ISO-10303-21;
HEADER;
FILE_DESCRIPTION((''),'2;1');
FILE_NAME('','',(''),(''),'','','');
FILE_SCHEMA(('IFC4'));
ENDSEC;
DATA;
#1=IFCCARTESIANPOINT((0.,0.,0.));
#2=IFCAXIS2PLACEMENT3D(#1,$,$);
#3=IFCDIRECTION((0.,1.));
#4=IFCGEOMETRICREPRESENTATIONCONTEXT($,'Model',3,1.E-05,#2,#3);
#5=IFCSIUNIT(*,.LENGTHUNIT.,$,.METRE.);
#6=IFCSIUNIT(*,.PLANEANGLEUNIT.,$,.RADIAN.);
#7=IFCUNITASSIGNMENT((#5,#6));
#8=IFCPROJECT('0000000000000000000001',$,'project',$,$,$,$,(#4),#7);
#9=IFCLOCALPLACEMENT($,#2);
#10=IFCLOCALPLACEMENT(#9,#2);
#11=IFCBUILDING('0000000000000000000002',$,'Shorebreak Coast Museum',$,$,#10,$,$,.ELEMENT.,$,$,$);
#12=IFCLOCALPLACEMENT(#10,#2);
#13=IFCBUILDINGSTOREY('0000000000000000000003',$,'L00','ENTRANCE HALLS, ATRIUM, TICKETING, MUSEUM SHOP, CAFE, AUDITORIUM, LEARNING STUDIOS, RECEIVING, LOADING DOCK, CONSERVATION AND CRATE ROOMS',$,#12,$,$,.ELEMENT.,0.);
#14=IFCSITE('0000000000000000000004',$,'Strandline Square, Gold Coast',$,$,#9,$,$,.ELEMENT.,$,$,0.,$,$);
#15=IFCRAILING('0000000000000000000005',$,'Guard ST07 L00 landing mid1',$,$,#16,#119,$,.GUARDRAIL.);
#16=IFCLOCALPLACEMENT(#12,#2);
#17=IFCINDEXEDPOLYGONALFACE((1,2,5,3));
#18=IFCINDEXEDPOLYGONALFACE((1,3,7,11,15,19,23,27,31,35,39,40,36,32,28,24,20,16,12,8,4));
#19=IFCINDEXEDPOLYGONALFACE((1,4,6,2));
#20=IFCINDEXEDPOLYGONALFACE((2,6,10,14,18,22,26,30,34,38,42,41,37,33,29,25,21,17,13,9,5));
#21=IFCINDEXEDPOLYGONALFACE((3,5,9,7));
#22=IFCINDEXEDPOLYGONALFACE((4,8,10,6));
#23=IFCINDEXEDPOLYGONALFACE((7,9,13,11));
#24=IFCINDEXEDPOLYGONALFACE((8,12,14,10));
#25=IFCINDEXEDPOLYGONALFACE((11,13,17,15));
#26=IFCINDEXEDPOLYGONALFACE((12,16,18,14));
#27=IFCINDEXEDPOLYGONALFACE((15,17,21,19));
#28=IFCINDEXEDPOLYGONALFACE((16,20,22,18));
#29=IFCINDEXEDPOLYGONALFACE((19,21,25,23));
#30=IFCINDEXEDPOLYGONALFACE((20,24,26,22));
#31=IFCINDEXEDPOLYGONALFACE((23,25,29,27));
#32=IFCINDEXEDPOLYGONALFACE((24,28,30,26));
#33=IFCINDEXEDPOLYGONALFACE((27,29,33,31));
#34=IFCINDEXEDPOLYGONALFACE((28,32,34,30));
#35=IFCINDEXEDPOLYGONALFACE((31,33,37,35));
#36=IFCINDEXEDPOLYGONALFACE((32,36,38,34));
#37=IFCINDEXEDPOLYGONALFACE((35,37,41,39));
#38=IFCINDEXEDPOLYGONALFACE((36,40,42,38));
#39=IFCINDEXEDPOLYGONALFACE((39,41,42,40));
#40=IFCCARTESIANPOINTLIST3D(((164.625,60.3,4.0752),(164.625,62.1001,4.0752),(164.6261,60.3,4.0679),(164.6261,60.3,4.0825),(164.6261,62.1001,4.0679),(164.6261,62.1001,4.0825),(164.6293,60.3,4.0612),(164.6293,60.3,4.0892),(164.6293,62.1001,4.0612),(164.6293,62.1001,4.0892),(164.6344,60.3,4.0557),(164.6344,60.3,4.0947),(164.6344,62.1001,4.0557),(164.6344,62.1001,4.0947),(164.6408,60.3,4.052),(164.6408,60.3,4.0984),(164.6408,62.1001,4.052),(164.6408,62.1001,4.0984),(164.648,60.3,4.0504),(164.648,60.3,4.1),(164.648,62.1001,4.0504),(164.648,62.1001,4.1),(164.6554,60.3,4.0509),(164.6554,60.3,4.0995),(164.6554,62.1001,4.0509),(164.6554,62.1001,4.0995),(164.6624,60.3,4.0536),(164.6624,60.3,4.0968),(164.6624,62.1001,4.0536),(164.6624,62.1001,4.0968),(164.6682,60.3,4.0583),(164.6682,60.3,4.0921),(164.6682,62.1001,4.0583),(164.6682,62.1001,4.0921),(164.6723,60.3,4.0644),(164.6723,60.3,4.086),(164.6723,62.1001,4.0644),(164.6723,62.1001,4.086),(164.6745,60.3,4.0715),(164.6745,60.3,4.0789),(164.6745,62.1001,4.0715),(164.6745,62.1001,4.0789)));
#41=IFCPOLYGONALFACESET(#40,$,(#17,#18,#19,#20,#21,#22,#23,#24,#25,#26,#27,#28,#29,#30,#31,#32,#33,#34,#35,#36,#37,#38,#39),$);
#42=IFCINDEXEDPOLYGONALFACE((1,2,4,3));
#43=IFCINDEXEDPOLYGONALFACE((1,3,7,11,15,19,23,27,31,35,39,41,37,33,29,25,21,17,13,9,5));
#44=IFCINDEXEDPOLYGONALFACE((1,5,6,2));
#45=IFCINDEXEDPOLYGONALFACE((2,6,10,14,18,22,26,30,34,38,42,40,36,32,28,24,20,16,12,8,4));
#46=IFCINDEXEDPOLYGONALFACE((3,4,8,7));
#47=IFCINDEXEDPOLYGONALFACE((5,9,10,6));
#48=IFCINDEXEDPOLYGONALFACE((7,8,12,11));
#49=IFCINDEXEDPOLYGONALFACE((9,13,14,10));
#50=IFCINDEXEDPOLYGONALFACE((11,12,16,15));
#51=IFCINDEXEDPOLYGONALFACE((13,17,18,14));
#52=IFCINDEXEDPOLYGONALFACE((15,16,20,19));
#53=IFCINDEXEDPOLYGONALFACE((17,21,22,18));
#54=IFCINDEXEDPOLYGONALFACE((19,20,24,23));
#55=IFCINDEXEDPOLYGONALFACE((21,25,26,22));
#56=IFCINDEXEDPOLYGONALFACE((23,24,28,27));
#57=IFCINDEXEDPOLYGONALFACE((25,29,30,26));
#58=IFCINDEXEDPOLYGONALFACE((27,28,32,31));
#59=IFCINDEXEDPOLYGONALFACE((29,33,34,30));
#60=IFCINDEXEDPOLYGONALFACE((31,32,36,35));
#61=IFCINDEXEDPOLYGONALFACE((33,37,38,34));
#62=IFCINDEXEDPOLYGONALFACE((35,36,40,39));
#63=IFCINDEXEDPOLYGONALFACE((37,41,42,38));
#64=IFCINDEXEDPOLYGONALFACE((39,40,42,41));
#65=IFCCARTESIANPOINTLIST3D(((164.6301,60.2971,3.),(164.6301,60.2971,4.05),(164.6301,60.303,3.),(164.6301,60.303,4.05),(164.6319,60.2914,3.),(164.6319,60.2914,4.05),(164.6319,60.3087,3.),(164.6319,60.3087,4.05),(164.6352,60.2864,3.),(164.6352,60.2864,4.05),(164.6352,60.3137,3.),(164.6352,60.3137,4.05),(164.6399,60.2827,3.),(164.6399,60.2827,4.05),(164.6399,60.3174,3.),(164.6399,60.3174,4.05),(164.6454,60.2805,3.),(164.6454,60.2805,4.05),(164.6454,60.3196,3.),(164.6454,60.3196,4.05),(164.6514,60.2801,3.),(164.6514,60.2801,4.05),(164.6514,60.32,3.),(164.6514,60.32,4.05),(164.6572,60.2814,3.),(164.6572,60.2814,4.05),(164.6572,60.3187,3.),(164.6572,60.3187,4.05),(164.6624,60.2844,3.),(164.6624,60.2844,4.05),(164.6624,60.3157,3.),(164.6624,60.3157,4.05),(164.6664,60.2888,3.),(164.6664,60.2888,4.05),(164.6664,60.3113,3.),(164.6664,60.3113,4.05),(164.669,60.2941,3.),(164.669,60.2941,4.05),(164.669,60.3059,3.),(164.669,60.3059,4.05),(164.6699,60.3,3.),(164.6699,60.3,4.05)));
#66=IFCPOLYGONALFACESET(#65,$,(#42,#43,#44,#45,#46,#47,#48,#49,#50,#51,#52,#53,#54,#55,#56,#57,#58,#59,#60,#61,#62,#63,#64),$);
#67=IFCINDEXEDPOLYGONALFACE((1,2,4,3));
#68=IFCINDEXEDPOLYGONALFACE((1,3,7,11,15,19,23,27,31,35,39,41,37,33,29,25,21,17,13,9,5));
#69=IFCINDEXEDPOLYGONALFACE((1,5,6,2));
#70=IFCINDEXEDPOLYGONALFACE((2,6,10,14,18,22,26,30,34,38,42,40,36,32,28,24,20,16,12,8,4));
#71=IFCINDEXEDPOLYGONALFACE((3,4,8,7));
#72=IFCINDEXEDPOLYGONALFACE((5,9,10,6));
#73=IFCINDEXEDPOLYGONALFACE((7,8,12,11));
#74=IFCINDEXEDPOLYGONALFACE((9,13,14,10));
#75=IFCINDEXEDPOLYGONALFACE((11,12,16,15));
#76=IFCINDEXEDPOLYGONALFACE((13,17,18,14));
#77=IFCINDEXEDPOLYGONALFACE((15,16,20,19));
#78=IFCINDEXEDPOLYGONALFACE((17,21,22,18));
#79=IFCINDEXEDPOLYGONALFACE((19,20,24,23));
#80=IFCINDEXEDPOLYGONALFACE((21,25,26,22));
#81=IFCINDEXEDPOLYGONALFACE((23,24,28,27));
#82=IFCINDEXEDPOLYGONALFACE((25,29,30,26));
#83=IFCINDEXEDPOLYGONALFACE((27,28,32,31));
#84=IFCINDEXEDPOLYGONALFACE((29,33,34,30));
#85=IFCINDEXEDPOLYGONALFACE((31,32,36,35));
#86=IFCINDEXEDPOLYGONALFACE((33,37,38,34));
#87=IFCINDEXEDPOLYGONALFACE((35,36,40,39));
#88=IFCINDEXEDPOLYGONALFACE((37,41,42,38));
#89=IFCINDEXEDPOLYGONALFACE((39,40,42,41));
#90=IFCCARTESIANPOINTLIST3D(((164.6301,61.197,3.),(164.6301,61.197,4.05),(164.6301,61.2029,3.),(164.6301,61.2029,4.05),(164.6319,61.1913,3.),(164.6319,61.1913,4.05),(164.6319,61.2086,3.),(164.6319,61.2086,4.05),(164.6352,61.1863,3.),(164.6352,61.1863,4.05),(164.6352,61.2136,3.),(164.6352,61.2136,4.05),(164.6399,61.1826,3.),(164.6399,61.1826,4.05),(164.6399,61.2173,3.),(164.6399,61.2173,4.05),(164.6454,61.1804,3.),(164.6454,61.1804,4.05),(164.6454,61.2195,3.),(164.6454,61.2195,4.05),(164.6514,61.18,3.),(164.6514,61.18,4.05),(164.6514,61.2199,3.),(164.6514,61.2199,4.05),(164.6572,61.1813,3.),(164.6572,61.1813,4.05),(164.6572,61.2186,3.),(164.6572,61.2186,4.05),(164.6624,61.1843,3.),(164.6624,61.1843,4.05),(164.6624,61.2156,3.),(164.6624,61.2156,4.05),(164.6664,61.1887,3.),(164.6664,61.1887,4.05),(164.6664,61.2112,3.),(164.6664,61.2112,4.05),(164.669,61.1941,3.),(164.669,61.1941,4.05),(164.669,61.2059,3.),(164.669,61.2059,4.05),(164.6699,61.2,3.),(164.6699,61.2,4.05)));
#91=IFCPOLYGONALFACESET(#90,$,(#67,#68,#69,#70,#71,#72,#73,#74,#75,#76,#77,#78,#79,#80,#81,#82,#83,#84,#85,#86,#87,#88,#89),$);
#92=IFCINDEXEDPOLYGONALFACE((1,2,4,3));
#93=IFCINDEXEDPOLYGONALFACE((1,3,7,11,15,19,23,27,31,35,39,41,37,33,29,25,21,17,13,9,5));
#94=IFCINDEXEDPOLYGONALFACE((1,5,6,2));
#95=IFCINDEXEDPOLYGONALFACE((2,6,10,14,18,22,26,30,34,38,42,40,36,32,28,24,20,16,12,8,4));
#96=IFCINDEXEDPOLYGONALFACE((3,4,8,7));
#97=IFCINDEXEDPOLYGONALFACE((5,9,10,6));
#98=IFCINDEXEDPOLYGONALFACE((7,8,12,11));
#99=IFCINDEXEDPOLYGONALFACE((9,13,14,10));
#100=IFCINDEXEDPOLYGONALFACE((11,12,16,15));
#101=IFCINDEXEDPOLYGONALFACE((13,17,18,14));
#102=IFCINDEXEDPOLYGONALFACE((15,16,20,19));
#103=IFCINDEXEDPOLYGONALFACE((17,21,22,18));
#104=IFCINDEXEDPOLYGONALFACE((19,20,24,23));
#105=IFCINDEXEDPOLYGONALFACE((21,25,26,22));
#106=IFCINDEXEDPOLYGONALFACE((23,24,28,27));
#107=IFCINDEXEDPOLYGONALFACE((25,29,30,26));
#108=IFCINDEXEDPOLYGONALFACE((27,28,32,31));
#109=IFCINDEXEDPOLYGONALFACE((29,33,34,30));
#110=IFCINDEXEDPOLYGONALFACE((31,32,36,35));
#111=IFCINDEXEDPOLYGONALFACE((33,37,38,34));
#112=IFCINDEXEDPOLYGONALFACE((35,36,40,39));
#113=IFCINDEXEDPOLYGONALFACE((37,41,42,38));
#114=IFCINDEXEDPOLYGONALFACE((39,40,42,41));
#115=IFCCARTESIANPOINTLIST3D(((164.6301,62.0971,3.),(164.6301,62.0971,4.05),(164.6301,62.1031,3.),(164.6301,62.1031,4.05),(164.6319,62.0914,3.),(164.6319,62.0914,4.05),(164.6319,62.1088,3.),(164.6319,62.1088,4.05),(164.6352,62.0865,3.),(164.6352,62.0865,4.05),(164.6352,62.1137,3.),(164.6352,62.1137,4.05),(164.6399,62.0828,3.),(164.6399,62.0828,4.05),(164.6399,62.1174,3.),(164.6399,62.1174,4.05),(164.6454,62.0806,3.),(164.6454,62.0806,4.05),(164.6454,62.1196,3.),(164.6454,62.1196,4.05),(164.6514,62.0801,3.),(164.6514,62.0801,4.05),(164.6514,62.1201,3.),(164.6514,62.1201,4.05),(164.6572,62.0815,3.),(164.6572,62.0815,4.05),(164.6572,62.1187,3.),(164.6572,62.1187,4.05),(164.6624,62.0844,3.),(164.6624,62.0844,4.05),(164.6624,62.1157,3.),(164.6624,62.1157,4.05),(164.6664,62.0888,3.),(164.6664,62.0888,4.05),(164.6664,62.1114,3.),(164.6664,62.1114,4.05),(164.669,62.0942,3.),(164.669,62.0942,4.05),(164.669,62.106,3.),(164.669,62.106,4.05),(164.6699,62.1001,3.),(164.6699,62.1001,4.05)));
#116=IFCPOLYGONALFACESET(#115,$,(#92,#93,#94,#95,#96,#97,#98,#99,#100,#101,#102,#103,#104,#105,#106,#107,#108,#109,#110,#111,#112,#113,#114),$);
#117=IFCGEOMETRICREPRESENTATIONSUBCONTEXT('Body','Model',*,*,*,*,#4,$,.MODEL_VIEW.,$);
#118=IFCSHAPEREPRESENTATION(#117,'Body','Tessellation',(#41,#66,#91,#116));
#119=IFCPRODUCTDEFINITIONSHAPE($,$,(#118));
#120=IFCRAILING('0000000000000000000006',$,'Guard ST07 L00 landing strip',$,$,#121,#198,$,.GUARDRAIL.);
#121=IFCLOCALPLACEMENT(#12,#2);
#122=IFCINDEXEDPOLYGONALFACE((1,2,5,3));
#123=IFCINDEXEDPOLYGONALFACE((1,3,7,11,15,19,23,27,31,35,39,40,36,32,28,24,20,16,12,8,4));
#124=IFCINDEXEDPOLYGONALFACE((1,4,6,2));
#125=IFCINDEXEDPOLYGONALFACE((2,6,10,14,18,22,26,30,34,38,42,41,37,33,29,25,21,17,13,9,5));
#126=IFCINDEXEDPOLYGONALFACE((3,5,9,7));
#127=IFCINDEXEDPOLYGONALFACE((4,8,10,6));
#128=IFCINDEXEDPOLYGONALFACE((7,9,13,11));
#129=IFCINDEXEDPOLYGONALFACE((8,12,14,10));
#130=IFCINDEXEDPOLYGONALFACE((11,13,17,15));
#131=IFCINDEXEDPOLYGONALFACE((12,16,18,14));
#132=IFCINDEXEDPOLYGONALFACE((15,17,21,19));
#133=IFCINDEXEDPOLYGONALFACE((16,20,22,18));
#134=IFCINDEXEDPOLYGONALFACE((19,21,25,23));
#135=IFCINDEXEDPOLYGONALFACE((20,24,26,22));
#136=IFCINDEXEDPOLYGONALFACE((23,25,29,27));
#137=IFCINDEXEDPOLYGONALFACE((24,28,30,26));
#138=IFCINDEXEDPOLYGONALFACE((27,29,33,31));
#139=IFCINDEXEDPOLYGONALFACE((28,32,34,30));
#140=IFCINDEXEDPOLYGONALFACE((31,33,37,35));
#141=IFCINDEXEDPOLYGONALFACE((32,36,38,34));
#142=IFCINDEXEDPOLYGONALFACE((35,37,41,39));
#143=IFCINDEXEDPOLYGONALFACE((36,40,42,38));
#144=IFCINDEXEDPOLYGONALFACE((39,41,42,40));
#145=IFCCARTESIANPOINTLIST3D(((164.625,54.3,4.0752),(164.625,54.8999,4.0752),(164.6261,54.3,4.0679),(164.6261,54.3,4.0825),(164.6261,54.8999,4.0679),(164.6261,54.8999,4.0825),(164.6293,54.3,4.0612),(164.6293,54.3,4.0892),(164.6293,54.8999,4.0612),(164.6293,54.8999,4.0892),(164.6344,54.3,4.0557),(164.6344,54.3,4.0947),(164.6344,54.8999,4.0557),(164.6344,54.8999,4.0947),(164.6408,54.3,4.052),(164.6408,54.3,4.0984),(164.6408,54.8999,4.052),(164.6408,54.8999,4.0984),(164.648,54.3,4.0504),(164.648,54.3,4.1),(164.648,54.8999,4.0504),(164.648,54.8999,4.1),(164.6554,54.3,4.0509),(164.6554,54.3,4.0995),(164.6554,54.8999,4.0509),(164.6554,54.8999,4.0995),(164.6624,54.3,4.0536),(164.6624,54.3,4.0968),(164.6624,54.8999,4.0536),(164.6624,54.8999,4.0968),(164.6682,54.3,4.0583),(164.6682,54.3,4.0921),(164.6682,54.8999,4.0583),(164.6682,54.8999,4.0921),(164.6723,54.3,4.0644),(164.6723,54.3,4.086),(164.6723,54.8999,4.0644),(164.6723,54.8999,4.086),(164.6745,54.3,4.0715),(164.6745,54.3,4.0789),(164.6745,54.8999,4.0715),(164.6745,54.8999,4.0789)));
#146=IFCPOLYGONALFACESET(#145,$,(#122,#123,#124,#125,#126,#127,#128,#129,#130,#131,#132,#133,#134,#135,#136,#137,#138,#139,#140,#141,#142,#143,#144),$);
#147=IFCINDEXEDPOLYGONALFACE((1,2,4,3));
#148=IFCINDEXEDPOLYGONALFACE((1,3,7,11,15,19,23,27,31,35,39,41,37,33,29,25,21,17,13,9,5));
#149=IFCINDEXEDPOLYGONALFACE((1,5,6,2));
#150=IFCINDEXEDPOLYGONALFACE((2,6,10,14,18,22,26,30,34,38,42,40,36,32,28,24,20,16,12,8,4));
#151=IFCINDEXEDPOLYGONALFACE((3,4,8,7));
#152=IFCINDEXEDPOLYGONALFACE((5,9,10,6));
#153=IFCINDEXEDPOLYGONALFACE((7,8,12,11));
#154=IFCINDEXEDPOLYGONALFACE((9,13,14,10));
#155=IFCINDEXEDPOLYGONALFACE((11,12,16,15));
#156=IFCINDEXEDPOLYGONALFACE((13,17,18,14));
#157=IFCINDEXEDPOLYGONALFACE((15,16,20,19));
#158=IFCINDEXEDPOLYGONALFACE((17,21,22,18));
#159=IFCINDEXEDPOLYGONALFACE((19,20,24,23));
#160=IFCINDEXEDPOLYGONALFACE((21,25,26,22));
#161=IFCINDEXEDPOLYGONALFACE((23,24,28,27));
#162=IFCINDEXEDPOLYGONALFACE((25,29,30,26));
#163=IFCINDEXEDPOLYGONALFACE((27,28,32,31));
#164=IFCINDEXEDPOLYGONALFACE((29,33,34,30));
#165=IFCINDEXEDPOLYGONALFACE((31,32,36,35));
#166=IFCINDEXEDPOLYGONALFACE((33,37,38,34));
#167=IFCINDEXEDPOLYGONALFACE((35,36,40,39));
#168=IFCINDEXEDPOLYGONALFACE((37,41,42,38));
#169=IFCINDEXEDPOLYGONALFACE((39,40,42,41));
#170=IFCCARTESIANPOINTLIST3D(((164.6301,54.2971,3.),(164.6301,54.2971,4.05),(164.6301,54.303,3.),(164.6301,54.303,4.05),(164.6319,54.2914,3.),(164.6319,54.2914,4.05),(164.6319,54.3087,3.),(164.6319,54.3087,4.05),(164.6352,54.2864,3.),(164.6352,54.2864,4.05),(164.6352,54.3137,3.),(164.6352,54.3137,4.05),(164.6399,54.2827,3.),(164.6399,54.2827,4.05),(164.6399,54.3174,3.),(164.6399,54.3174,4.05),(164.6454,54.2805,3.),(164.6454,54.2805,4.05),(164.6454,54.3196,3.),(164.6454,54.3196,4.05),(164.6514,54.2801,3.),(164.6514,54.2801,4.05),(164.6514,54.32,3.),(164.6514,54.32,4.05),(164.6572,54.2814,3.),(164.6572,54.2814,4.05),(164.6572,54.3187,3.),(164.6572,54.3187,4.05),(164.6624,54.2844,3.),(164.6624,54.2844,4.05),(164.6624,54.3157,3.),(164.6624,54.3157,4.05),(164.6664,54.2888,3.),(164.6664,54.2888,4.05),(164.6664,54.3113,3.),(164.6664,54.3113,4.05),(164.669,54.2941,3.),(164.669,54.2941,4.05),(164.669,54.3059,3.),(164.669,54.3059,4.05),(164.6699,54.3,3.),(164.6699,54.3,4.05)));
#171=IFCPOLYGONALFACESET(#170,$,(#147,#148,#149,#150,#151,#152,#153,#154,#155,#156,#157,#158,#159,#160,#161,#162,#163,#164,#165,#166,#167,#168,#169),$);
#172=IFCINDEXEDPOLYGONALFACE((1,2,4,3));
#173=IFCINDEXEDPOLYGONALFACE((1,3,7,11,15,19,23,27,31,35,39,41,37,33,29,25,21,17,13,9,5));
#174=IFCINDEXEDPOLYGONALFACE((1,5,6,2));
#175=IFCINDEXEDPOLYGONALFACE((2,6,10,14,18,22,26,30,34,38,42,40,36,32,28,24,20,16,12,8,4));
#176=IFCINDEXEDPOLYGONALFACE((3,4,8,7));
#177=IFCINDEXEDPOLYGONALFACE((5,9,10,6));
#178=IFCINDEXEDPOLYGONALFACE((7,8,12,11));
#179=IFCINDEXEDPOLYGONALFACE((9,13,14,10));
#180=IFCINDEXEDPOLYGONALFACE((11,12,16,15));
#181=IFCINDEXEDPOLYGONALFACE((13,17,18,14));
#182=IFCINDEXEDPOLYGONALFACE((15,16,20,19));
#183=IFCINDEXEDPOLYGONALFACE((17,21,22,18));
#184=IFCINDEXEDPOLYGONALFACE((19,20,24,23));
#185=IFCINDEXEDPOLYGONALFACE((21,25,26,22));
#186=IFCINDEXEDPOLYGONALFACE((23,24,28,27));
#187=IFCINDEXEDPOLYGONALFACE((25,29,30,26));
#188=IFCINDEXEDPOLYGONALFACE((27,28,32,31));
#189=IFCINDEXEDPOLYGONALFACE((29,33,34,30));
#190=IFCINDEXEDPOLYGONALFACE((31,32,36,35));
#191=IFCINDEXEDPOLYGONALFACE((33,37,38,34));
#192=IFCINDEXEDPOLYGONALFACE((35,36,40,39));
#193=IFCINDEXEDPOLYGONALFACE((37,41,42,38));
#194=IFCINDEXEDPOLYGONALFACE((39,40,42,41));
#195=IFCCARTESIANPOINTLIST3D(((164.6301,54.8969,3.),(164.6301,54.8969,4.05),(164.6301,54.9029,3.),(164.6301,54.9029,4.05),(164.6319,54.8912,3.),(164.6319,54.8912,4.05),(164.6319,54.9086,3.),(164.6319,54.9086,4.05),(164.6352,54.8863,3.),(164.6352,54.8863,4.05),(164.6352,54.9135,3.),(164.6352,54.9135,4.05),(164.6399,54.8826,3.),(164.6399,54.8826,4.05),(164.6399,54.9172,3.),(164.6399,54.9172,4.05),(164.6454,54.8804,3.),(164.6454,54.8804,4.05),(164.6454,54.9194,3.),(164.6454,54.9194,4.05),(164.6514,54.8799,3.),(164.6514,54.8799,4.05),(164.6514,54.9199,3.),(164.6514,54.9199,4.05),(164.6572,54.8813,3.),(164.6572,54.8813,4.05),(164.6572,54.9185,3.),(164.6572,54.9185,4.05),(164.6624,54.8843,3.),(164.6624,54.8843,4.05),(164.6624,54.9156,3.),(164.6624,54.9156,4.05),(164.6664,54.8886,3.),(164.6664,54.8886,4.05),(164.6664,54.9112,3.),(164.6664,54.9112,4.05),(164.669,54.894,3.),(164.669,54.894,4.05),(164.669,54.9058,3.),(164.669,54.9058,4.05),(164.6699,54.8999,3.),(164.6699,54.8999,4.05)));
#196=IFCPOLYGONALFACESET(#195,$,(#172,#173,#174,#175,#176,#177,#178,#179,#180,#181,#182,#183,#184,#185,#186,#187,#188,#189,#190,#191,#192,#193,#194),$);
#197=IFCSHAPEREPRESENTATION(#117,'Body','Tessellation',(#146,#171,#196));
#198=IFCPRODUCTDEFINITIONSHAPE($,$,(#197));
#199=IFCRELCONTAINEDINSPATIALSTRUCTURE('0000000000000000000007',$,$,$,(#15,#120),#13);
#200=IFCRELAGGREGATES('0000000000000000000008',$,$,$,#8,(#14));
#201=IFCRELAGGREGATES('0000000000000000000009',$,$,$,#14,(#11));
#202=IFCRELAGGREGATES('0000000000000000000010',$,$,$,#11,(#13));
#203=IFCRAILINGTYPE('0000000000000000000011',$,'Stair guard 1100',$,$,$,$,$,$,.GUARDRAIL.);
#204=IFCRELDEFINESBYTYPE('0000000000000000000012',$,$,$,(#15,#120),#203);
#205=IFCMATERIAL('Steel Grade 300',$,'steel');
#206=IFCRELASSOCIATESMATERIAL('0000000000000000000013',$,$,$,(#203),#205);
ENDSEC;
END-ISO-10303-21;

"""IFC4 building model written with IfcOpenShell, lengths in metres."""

from ifc_helpers import new_model, si_unit, direction, frame, origin, origin_2d, place, context, subcontext, project, spatial, circle, extrude, material, type_object, element, save


model = new_model("IFC4")

# Units and contexts
model_context = context("Model", 3, precision=1e-05, world=origin(), true_north=direction((0.0, 1.0)))
body_context = subcontext(model_context, "Body", "Model", "MODEL_VIEW")
ifc_project = project(units=[si_unit("LENGTHUNIT", "METRE"), si_unit("PLANEANGLEUNIT", "RADIAN")], contexts=[model_context])

# Site, building, storey
site_placement = place(None, origin())
site = spatial("IfcSite", under=ifc_project, at=site_placement, Name="Strandline Square, Gold Coast", CompositionType="ELEMENT", RefElevation=0.0)
building_placement = place(site_placement, origin())
building = spatial("IfcBuilding", under=site, at=building_placement, Name="Shorebreak Coast Museum", CompositionType="ELEMENT")
storey_placement = place(building_placement, origin())
storey = spatial("IfcBuildingStorey", under=building, at=storey_placement, Name="L00", Description="ENTRANCE HALLS, ATRIUM, TICKETING, MUSEUM SHOP, CAFE, AUDITORIUM, LEARNING STUDIOS, RECEIVING, LOADING DOCK, CONSERVATION AND CRATE ROOMS", CompositionType="ELEMENT", Elevation=0.0)

# Railings
ifc_material_1 = material(Name="Steel Grade 300", Category="steel")
railing_type_1 = type_object("IfcRailingType", Name="Stair guard 1100", PredefinedType="GUARDRAIL", material=ifc_material_1)
for number, where, name in (
    (1, (164.6499, 60.3, 3.0), "Guard ST07 L00 landing mid1"),
):
    element("IfcRailing", number, at=place(storey_placement, frame(where)), inside=storey, type_object=railing_type_1, Name=name, PredefinedType="GUARDRAIL", context=body_context, shape_type="SweptSolid", body=[
        extrude(circle(Radius=0.0249, at=origin_2d()), frame((0.0, 0.0, 1.0752), z_axis=(0.0, 1.0, 0.0), x_axis=(-1.0, 0.0, 0.0)), (0.0, 0.0, 1.0), 1.8),
        extrude(circle(Radius=0.02, at=origin_2d()), origin(), (0.0, 0.0, 1.0), 1.05),
        extrude(circle(Radius=0.02, at=origin_2d()), frame((0.0, 0.8999, 0.0)), (0.0, 0.0, 1.0), 1.05),
        extrude(circle(Radius=0.02, at=origin_2d()), frame((0.0, 1.8, 0.0)), (0.0, 0.0, 1.0), 1.05),
    ])
railing_1_placement = place(storey_placement, frame((164.6499, 54.3, 3.0)))
element("IfcRailing", 2, at=railing_1_placement, inside=storey, type_object=railing_type_1, Name="Guard ST07 L00 landing strip", PredefinedType="GUARDRAIL", context=body_context, shape_type="SweptSolid", body=[
    extrude(circle(Radius=0.0249, at=origin_2d()), frame((0.0, 0.0, 1.0752), z_axis=(0.0, 1.0, 0.0), x_axis=(-1.0, 0.0, 0.0)), (0.0, 0.0, 1.0), 0.5999),
    extrude(circle(Radius=0.02, at=origin_2d()), origin(), (0.0, 0.0, 1.0), 1.05),
    extrude(circle(Radius=0.02, at=origin_2d()), frame((0.0, 0.5999, 0.0)), (0.0, 0.0, 1.0), 1.05),
])

save(model, "model.ifc")
